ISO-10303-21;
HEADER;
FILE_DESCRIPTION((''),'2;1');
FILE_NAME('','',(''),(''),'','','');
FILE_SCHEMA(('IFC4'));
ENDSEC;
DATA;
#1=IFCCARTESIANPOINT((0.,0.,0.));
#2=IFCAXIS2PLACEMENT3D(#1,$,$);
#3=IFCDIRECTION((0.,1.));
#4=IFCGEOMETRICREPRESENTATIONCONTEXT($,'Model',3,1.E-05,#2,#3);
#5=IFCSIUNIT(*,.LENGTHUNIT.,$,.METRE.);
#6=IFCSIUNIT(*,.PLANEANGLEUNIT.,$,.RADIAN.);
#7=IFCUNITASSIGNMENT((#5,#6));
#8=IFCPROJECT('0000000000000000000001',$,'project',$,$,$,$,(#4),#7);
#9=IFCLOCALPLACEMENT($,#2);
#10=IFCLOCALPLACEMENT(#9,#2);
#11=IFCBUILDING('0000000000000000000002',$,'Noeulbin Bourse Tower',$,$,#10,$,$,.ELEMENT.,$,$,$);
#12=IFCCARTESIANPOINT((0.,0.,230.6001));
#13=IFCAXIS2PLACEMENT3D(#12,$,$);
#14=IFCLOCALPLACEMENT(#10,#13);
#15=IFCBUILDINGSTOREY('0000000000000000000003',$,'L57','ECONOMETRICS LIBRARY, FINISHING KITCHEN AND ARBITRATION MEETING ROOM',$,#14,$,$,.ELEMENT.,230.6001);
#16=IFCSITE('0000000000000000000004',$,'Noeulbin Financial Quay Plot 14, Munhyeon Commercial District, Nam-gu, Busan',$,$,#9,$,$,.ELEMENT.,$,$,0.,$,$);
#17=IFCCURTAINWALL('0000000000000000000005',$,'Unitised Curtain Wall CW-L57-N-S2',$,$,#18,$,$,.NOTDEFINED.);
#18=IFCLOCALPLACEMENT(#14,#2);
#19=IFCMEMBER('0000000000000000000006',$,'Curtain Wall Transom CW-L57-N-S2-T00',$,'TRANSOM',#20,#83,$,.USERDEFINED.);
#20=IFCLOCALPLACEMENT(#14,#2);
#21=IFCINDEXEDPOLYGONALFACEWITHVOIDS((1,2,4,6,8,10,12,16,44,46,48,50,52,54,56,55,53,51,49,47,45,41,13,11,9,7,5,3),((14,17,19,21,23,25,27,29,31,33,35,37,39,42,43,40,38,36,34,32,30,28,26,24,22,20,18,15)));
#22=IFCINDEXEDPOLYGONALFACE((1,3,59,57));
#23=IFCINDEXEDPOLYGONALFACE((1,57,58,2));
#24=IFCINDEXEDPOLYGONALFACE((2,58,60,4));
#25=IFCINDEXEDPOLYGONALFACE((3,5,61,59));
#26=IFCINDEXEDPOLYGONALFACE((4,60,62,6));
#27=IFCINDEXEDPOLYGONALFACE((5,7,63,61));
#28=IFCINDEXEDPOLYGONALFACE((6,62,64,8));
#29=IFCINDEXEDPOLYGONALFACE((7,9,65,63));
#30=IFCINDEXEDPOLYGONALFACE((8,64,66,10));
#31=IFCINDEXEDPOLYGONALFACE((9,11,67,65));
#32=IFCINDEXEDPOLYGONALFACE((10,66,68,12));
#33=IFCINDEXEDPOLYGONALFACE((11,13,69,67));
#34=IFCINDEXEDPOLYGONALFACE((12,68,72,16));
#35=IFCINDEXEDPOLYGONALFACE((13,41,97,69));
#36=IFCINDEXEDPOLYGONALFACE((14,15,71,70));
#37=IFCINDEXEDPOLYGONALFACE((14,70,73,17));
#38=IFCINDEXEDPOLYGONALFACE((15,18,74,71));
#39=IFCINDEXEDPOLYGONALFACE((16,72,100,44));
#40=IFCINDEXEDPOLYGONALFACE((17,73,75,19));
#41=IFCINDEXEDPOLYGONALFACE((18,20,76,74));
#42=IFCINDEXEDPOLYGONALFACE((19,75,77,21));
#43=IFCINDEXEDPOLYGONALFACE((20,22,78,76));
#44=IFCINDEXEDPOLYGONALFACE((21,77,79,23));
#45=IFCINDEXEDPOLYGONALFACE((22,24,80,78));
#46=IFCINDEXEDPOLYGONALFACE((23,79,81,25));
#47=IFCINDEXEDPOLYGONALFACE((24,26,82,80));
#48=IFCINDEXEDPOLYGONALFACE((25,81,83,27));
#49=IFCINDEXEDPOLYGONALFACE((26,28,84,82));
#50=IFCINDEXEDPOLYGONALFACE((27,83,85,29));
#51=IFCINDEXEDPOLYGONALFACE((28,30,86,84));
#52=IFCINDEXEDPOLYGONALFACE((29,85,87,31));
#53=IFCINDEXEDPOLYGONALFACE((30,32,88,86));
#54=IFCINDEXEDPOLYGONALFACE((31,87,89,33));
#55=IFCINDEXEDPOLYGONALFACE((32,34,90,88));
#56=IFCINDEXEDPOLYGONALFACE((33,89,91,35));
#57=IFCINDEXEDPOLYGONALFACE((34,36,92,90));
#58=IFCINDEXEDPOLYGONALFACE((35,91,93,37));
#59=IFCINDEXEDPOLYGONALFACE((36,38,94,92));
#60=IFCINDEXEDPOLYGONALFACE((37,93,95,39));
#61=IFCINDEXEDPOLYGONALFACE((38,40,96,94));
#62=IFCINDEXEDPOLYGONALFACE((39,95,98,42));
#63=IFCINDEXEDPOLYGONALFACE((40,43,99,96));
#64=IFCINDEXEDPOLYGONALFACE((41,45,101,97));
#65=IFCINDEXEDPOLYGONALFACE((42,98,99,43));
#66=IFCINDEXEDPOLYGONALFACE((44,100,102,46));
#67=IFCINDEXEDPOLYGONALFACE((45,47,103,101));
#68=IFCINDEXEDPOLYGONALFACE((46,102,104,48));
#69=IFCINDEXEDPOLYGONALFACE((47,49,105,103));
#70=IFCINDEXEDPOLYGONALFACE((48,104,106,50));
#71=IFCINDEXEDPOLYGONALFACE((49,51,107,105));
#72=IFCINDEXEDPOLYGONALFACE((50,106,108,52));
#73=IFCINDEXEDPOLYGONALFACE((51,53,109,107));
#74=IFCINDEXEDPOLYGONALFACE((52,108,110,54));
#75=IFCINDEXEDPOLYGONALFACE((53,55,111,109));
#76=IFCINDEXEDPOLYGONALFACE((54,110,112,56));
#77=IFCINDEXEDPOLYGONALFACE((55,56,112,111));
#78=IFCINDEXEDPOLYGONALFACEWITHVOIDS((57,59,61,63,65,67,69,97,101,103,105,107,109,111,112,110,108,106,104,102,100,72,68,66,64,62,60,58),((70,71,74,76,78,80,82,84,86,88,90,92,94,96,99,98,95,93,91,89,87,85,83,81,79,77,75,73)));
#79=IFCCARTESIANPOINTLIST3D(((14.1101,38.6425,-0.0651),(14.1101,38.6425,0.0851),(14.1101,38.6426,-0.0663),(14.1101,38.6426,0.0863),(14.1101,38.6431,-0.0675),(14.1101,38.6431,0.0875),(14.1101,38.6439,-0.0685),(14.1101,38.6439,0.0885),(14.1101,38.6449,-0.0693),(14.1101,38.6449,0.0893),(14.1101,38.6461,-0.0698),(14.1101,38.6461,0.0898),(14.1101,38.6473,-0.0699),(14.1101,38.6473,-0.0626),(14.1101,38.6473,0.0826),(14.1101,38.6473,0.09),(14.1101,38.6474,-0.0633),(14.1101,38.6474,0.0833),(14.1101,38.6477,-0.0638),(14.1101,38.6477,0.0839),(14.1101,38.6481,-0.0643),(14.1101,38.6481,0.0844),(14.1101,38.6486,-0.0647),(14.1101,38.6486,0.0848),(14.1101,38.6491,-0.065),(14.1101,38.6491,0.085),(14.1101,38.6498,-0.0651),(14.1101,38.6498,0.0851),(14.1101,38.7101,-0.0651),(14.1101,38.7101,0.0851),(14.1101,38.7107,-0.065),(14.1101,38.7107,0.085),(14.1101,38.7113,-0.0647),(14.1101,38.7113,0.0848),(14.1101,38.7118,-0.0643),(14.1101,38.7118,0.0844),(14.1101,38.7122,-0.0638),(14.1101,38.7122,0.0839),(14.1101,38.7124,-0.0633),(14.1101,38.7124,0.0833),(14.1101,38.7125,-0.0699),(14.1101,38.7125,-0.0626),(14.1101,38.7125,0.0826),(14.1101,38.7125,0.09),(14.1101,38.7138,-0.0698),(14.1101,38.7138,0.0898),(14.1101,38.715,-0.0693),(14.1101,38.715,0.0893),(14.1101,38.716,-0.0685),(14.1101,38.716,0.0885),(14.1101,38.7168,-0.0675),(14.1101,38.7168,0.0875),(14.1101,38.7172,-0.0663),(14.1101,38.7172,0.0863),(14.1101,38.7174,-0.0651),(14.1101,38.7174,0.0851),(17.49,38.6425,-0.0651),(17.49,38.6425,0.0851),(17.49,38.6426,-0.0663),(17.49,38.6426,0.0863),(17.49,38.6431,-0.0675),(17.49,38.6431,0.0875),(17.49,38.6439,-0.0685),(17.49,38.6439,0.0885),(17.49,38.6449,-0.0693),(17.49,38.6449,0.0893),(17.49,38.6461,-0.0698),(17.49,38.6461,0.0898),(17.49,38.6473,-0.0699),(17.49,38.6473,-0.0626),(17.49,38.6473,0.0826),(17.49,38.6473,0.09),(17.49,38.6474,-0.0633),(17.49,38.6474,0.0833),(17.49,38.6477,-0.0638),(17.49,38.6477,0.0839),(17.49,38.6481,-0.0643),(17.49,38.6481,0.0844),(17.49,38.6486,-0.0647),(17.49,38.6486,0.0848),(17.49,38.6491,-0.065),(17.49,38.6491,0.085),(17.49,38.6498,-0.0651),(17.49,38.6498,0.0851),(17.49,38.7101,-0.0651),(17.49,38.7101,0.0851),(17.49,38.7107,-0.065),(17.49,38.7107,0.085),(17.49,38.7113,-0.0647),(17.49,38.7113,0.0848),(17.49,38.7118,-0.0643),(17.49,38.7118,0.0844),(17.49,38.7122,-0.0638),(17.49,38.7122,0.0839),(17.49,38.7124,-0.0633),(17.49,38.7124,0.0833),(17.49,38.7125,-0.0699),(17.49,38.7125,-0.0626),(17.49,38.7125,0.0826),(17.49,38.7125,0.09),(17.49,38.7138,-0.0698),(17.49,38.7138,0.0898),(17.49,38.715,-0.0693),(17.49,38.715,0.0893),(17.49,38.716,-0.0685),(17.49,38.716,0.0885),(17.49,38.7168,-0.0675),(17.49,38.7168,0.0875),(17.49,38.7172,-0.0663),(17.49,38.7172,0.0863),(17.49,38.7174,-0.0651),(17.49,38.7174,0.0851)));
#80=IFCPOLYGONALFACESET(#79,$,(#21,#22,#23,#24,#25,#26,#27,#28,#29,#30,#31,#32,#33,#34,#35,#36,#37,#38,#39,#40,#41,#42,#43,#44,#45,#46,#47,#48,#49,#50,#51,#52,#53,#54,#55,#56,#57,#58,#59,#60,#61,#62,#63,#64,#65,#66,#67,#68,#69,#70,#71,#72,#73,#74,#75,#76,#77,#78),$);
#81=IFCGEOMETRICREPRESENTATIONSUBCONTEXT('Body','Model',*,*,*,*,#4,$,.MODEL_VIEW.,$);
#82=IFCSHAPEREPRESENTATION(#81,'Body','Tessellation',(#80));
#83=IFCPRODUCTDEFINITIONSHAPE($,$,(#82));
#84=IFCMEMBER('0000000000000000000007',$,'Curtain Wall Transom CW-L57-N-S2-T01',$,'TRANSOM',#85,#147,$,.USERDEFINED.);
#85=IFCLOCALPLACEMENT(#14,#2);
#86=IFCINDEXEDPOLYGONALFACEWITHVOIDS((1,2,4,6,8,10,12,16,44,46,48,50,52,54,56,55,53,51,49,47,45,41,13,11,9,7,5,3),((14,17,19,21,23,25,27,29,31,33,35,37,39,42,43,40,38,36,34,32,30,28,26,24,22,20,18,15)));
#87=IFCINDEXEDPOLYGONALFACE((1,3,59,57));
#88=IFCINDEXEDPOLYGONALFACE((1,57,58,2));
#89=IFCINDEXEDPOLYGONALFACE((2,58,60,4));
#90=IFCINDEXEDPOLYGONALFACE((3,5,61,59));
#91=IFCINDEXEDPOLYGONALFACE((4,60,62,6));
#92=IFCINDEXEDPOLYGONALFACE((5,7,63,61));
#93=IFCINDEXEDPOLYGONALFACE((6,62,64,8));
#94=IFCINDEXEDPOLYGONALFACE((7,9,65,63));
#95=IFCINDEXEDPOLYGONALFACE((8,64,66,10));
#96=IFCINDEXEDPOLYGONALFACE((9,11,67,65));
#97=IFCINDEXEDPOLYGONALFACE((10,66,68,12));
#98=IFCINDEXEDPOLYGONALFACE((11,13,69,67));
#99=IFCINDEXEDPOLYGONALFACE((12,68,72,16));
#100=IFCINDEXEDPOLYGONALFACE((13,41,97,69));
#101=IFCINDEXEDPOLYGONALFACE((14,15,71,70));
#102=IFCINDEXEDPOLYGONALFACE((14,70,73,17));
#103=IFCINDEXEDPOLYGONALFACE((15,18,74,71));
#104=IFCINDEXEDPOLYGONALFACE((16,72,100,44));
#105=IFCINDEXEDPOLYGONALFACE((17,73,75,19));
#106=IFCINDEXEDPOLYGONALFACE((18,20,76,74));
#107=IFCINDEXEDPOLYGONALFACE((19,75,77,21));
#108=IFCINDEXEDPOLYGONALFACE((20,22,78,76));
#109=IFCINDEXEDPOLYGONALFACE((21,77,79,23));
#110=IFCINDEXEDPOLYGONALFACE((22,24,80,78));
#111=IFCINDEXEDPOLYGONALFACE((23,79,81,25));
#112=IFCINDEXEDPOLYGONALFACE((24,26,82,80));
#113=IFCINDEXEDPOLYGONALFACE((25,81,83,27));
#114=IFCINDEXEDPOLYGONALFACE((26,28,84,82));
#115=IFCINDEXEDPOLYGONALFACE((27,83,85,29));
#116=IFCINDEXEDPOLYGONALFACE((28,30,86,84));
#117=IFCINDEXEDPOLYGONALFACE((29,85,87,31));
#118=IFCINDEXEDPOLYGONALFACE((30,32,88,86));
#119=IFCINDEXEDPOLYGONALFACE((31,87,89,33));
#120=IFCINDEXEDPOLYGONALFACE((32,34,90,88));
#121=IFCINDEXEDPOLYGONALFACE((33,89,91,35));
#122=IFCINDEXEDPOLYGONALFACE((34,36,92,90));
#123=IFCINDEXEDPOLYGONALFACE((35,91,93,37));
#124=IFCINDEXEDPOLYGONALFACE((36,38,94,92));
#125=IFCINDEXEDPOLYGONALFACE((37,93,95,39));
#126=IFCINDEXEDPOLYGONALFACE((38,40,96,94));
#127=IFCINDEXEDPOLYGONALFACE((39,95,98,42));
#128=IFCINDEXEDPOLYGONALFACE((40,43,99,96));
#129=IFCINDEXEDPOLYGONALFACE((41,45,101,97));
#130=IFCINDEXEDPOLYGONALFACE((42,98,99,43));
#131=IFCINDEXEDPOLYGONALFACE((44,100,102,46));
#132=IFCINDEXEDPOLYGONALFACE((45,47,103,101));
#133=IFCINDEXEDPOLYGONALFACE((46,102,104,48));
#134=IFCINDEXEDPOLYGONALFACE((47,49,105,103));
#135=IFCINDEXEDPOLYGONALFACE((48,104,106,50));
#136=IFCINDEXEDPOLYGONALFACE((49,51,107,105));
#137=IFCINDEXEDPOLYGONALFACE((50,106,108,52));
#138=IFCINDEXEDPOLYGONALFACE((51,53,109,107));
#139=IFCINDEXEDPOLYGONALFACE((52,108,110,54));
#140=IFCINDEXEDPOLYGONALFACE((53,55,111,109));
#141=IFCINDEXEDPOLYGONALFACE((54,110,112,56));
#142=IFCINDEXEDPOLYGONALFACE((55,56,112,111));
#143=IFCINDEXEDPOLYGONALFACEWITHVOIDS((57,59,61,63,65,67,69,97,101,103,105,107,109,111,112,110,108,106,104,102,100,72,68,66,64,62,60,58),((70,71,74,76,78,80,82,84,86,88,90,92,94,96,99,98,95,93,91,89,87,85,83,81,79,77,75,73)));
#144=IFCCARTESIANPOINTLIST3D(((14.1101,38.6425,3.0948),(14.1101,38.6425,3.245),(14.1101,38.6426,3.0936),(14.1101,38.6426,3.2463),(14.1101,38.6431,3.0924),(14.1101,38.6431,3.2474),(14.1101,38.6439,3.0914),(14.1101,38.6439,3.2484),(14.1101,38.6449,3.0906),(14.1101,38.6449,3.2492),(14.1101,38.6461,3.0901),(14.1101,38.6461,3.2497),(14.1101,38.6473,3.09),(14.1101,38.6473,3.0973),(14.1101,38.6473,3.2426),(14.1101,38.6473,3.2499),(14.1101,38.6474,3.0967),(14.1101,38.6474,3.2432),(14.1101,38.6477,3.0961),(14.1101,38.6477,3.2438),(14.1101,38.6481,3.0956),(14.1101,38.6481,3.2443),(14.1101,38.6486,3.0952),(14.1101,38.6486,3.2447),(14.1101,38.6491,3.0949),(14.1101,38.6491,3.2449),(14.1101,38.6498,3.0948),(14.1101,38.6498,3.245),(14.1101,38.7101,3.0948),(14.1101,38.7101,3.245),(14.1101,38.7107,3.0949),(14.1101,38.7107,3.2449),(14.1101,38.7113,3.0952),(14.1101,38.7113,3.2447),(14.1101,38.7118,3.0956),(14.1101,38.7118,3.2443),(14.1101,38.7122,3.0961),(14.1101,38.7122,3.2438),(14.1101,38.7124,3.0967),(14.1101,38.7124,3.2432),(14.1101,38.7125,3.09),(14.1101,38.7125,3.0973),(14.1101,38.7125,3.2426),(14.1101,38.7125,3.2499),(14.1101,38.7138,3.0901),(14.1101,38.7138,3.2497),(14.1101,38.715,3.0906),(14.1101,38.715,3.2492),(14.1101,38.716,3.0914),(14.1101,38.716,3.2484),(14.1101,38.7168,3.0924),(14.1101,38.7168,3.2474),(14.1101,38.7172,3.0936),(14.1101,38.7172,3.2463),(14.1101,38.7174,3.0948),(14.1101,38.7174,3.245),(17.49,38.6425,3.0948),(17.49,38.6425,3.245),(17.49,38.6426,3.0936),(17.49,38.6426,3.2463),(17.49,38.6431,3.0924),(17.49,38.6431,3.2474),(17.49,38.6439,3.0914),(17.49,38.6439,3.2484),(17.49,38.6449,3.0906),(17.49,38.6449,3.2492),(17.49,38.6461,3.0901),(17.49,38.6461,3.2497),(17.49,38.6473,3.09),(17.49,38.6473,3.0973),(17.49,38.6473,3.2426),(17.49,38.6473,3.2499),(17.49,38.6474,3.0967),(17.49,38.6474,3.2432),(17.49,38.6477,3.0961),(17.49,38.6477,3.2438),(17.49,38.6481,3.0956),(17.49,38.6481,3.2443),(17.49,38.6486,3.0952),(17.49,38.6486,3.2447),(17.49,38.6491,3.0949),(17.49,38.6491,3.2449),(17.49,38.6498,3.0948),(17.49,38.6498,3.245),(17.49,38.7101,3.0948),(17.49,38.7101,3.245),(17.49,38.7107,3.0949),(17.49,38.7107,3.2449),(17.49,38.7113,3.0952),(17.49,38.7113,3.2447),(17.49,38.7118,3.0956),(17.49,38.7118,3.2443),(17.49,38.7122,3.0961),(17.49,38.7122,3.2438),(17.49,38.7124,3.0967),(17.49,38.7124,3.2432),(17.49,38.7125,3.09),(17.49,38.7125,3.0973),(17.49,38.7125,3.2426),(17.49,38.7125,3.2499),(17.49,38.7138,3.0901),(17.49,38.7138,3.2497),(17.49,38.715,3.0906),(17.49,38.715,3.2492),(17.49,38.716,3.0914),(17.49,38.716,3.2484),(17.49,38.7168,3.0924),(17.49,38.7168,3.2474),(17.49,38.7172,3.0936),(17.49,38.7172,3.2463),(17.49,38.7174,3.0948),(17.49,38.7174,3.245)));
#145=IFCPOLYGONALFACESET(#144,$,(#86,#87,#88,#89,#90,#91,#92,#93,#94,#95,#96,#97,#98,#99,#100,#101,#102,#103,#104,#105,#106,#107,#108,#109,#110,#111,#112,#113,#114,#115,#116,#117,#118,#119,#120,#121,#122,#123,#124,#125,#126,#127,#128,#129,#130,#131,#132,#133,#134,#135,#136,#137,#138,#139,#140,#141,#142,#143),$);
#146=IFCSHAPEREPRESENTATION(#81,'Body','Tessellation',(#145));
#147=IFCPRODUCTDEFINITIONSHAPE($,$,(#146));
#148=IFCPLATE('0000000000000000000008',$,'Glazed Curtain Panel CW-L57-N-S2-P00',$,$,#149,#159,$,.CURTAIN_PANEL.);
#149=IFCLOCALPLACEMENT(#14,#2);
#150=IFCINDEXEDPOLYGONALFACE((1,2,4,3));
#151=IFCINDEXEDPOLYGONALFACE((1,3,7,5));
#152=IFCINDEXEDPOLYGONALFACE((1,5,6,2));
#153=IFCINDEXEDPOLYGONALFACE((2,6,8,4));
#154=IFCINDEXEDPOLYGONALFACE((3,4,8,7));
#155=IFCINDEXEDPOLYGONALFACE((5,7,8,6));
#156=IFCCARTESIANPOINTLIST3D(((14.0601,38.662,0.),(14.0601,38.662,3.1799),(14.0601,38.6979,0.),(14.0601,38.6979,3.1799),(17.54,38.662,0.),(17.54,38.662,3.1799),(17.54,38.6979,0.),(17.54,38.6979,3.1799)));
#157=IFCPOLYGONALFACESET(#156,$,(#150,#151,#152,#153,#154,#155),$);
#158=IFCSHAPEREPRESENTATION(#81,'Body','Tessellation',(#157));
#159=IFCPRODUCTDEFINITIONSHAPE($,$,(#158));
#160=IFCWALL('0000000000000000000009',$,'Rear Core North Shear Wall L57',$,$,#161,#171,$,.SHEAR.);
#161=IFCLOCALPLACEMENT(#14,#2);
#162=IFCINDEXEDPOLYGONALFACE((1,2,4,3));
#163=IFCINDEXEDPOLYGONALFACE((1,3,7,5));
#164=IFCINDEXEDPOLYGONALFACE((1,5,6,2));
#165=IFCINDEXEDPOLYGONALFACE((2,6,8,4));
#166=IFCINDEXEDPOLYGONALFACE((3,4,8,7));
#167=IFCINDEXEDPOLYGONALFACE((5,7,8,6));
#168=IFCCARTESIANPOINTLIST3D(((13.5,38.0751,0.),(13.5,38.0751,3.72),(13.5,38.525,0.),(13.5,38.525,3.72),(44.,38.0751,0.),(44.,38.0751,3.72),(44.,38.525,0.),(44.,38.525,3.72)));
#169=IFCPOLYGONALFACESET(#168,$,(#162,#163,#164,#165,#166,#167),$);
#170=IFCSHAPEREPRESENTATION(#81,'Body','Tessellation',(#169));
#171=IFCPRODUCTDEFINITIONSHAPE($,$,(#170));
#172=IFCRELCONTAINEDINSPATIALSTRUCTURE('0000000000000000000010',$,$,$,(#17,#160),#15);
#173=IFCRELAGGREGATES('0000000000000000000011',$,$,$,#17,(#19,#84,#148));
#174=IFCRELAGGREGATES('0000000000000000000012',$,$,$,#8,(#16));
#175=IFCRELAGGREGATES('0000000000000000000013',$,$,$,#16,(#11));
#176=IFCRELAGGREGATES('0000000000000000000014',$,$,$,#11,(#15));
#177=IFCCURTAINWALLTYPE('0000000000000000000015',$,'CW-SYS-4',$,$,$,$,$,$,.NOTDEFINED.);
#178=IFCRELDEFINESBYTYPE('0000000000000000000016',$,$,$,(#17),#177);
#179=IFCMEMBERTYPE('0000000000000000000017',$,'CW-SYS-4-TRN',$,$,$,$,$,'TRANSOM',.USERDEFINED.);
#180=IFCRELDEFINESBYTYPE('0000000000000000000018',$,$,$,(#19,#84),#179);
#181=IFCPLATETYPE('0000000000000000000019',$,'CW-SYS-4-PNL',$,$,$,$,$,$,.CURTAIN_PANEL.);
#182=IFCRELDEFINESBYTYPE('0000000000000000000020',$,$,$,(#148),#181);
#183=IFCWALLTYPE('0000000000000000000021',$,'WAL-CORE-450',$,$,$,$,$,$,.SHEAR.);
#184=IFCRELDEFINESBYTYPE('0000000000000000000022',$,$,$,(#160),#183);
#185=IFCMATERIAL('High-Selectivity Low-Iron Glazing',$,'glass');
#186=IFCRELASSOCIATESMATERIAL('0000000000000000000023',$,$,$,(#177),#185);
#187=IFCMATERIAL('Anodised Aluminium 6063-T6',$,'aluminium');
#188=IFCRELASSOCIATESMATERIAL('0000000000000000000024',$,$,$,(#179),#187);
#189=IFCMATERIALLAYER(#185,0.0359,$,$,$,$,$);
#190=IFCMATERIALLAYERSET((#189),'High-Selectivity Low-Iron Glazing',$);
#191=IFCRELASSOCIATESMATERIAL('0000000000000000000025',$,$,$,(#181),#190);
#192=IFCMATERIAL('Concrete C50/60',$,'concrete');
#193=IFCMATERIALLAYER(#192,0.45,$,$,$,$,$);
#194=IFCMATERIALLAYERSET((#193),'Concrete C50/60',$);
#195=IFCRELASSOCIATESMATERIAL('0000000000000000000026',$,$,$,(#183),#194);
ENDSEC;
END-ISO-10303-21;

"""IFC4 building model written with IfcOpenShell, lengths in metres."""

from ifc_helpers import new_model, si_unit, direction, frame, frame_2d, origin, origin_2d, place, context, subcontext, project, spatial, rectangle, hollow_rectangle, extrude, material, layer, layer_set, material_profile, profile_set, type_object, element, aggregate, save


model = new_model("IFC4")

# Units and contexts
model_context = context("Model", 3, precision=1e-05, world=origin(), true_north=direction((0.0, 1.0)))
body_context = subcontext(model_context, "Body", "Model", "MODEL_VIEW")
ifc_project = project(units=[si_unit("LENGTHUNIT", "METRE"), si_unit("PLANEANGLEUNIT", "RADIAN")], contexts=[model_context])

# Site, building, storey
site_placement = place(None, origin())
site = spatial("IfcSite", under=ifc_project, at=site_placement, Name="Noeulbin Financial Quay Plot 14, Munhyeon Commercial District, Nam-gu, Busan", CompositionType="ELEMENT", RefElevation=0.0)
building_placement = place(site_placement, origin())
building = spatial("IfcBuilding", under=site, at=building_placement, Name="Noeulbin Bourse Tower", CompositionType="ELEMENT")
storey_placement = place(building_placement, frame((0.0, 0.0, 230.6001)))
storey = spatial("IfcBuildingStorey", under=building, at=storey_placement, Name="L57", Description="ECONOMETRICS LIBRARY, FINISHING KITCHEN AND ARBITRATION MEETING ROOM", CompositionType="ELEMENT", Elevation=230.6001)

# Curtain wall, members, plate
ifc_material_1 = material(Name="High-Selectivity Low-Iron Glazing", Category="glass")
curtain_wall_type = type_object("IfcCurtainWallType", Name="CW-SYS-4", PredefinedType="NOTDEFINED", material=ifc_material_1)
curtain_wall_placement = place(storey_placement, origin())
curtain_wall = element("IfcCurtainWall", 1, at=curtain_wall_placement, inside=storey, type_object=curtain_wall_type, Name="Unitised Curtain Wall CW-L57-N-S2", PredefinedType="NOTDEFINED")
ifc_material_2 = material(Name="Anodised Aluminium 6063-T6", Category="aluminium")
ifc_material_profile_1 = material_profile(ifc_material_2, hollow_rectangle(XDim=0.075, YDim=0.1599, WallThickness=0.0049, InnerFilletRadius=0.0024, OuterFilletRadius=0.0049, at=origin_2d()), Name="ALU-TRAN-75x160x5", Category="LoadBearing")
ifc_profile_set_1 = profile_set([ifc_material_profile_1], Name="Anodised Aluminium 6063-T6")
member_type_1 = type_object("IfcMemberType", Name="CW-SYS-4-TRN", ElementType="TRANSOM", PredefinedType="USERDEFINED", material=ifc_profile_set_1)
member_1_placement = place(storey_placement, frame((14.1101, 38.6799, 0.01), z_axis=(1.0, 0.0, 0.0), x_axis=(0.0, 1.0, 0.0)))
member_1 = element("IfcMember", 2, at=member_1_placement, type_object=member_type_1, Name="Curtain Wall Transom CW-L57-N-S2-T00", ObjectType="TRANSOM", PredefinedType="USERDEFINED", context=body_context, shape_type="SweptSolid", body=[
    extrude(hollow_rectangle(XDim=0.075, YDim=0.1599, WallThickness=0.0049, InnerFilletRadius=0.0024, OuterFilletRadius=0.0049, at=origin_2d()), origin(), (0.0, 0.0, 1.0), 3.3799),
])
member_2_placement = place(storey_placement, frame((14.1101, 38.6799, 3.1699), z_axis=(1.0, 0.0, 0.0), x_axis=(0.0, 1.0, 0.0)))
member_2 = element("IfcMember", 3, at=member_2_placement, type_object=member_type_1, Name="Curtain Wall Transom CW-L57-N-S2-T01", ObjectType="TRANSOM", PredefinedType="USERDEFINED", context=body_context, shape_type="SweptSolid", body=[
    extrude(hollow_rectangle(XDim=0.075, YDim=0.1599, WallThickness=0.0049, InnerFilletRadius=0.0024, OuterFilletRadius=0.0049, at=origin_2d()), origin(), (0.0, 0.0, 1.0), 3.3799),
])
ifc_layer_1 = layer(ifc_material_1, 0.0359)
ifc_layer_set_1 = layer_set([ifc_layer_1], Name="High-Selectivity Low-Iron Glazing")
plate_type = type_object("IfcPlateType", Name="CW-SYS-4-PNL", PredefinedType="CURTAIN_PANEL", material=ifc_layer_set_1)
plate_placement = place(storey_placement, frame((15.8, 38.6799, 0.0), z_axis=(0.0, 0.0, 1.0), x_axis=(1.0, 0.0, 0.0)))
plate = element("IfcPlate", 4, at=plate_placement, type_object=plate_type, Name="Glazed Curtain Panel CW-L57-N-S2-P00", PredefinedType="CURTAIN_PANEL", context=body_context, shape_type="SweptSolid", body=[
    extrude(rectangle(XDim=3.48, YDim=0.0359, at=origin_2d()), origin(), (0.0, 0.0, 1.0), 3.1799),
])
aggregate(curtain_wall, [member_1, member_2, plate])

# Wall
ifc_material_3 = material(Name="Concrete C50/60", Category="concrete")
ifc_layer_2 = layer(ifc_material_3, 0.45)
ifc_layer_set_2 = layer_set([ifc_layer_2], Name="Concrete C50/60")
wall_type_1 = type_object("IfcWallType", Name="WAL-CORE-450", PredefinedType="SHEAR", material=ifc_layer_set_2)
wall_1_placement = place(storey_placement, frame((13.5, 38.3, 0.0), z_axis=(0.0, 0.0, 1.0), x_axis=(1.0, 0.0, 0.0)))
element("IfcWall", 5, at=wall_1_placement, inside=storey, type_object=wall_type_1, Name="Rear Core North Shear Wall L57", PredefinedType="SHEAR", context=body_context, shape_type="SweptSolid", body=[
    extrude(rectangle(XDim=30.5, YDim=0.45, at=frame_2d((15.25, 0.0))), origin(), (0.0, 0.0, 1.0), 3.72),
])

save(model, "model.ifc")
